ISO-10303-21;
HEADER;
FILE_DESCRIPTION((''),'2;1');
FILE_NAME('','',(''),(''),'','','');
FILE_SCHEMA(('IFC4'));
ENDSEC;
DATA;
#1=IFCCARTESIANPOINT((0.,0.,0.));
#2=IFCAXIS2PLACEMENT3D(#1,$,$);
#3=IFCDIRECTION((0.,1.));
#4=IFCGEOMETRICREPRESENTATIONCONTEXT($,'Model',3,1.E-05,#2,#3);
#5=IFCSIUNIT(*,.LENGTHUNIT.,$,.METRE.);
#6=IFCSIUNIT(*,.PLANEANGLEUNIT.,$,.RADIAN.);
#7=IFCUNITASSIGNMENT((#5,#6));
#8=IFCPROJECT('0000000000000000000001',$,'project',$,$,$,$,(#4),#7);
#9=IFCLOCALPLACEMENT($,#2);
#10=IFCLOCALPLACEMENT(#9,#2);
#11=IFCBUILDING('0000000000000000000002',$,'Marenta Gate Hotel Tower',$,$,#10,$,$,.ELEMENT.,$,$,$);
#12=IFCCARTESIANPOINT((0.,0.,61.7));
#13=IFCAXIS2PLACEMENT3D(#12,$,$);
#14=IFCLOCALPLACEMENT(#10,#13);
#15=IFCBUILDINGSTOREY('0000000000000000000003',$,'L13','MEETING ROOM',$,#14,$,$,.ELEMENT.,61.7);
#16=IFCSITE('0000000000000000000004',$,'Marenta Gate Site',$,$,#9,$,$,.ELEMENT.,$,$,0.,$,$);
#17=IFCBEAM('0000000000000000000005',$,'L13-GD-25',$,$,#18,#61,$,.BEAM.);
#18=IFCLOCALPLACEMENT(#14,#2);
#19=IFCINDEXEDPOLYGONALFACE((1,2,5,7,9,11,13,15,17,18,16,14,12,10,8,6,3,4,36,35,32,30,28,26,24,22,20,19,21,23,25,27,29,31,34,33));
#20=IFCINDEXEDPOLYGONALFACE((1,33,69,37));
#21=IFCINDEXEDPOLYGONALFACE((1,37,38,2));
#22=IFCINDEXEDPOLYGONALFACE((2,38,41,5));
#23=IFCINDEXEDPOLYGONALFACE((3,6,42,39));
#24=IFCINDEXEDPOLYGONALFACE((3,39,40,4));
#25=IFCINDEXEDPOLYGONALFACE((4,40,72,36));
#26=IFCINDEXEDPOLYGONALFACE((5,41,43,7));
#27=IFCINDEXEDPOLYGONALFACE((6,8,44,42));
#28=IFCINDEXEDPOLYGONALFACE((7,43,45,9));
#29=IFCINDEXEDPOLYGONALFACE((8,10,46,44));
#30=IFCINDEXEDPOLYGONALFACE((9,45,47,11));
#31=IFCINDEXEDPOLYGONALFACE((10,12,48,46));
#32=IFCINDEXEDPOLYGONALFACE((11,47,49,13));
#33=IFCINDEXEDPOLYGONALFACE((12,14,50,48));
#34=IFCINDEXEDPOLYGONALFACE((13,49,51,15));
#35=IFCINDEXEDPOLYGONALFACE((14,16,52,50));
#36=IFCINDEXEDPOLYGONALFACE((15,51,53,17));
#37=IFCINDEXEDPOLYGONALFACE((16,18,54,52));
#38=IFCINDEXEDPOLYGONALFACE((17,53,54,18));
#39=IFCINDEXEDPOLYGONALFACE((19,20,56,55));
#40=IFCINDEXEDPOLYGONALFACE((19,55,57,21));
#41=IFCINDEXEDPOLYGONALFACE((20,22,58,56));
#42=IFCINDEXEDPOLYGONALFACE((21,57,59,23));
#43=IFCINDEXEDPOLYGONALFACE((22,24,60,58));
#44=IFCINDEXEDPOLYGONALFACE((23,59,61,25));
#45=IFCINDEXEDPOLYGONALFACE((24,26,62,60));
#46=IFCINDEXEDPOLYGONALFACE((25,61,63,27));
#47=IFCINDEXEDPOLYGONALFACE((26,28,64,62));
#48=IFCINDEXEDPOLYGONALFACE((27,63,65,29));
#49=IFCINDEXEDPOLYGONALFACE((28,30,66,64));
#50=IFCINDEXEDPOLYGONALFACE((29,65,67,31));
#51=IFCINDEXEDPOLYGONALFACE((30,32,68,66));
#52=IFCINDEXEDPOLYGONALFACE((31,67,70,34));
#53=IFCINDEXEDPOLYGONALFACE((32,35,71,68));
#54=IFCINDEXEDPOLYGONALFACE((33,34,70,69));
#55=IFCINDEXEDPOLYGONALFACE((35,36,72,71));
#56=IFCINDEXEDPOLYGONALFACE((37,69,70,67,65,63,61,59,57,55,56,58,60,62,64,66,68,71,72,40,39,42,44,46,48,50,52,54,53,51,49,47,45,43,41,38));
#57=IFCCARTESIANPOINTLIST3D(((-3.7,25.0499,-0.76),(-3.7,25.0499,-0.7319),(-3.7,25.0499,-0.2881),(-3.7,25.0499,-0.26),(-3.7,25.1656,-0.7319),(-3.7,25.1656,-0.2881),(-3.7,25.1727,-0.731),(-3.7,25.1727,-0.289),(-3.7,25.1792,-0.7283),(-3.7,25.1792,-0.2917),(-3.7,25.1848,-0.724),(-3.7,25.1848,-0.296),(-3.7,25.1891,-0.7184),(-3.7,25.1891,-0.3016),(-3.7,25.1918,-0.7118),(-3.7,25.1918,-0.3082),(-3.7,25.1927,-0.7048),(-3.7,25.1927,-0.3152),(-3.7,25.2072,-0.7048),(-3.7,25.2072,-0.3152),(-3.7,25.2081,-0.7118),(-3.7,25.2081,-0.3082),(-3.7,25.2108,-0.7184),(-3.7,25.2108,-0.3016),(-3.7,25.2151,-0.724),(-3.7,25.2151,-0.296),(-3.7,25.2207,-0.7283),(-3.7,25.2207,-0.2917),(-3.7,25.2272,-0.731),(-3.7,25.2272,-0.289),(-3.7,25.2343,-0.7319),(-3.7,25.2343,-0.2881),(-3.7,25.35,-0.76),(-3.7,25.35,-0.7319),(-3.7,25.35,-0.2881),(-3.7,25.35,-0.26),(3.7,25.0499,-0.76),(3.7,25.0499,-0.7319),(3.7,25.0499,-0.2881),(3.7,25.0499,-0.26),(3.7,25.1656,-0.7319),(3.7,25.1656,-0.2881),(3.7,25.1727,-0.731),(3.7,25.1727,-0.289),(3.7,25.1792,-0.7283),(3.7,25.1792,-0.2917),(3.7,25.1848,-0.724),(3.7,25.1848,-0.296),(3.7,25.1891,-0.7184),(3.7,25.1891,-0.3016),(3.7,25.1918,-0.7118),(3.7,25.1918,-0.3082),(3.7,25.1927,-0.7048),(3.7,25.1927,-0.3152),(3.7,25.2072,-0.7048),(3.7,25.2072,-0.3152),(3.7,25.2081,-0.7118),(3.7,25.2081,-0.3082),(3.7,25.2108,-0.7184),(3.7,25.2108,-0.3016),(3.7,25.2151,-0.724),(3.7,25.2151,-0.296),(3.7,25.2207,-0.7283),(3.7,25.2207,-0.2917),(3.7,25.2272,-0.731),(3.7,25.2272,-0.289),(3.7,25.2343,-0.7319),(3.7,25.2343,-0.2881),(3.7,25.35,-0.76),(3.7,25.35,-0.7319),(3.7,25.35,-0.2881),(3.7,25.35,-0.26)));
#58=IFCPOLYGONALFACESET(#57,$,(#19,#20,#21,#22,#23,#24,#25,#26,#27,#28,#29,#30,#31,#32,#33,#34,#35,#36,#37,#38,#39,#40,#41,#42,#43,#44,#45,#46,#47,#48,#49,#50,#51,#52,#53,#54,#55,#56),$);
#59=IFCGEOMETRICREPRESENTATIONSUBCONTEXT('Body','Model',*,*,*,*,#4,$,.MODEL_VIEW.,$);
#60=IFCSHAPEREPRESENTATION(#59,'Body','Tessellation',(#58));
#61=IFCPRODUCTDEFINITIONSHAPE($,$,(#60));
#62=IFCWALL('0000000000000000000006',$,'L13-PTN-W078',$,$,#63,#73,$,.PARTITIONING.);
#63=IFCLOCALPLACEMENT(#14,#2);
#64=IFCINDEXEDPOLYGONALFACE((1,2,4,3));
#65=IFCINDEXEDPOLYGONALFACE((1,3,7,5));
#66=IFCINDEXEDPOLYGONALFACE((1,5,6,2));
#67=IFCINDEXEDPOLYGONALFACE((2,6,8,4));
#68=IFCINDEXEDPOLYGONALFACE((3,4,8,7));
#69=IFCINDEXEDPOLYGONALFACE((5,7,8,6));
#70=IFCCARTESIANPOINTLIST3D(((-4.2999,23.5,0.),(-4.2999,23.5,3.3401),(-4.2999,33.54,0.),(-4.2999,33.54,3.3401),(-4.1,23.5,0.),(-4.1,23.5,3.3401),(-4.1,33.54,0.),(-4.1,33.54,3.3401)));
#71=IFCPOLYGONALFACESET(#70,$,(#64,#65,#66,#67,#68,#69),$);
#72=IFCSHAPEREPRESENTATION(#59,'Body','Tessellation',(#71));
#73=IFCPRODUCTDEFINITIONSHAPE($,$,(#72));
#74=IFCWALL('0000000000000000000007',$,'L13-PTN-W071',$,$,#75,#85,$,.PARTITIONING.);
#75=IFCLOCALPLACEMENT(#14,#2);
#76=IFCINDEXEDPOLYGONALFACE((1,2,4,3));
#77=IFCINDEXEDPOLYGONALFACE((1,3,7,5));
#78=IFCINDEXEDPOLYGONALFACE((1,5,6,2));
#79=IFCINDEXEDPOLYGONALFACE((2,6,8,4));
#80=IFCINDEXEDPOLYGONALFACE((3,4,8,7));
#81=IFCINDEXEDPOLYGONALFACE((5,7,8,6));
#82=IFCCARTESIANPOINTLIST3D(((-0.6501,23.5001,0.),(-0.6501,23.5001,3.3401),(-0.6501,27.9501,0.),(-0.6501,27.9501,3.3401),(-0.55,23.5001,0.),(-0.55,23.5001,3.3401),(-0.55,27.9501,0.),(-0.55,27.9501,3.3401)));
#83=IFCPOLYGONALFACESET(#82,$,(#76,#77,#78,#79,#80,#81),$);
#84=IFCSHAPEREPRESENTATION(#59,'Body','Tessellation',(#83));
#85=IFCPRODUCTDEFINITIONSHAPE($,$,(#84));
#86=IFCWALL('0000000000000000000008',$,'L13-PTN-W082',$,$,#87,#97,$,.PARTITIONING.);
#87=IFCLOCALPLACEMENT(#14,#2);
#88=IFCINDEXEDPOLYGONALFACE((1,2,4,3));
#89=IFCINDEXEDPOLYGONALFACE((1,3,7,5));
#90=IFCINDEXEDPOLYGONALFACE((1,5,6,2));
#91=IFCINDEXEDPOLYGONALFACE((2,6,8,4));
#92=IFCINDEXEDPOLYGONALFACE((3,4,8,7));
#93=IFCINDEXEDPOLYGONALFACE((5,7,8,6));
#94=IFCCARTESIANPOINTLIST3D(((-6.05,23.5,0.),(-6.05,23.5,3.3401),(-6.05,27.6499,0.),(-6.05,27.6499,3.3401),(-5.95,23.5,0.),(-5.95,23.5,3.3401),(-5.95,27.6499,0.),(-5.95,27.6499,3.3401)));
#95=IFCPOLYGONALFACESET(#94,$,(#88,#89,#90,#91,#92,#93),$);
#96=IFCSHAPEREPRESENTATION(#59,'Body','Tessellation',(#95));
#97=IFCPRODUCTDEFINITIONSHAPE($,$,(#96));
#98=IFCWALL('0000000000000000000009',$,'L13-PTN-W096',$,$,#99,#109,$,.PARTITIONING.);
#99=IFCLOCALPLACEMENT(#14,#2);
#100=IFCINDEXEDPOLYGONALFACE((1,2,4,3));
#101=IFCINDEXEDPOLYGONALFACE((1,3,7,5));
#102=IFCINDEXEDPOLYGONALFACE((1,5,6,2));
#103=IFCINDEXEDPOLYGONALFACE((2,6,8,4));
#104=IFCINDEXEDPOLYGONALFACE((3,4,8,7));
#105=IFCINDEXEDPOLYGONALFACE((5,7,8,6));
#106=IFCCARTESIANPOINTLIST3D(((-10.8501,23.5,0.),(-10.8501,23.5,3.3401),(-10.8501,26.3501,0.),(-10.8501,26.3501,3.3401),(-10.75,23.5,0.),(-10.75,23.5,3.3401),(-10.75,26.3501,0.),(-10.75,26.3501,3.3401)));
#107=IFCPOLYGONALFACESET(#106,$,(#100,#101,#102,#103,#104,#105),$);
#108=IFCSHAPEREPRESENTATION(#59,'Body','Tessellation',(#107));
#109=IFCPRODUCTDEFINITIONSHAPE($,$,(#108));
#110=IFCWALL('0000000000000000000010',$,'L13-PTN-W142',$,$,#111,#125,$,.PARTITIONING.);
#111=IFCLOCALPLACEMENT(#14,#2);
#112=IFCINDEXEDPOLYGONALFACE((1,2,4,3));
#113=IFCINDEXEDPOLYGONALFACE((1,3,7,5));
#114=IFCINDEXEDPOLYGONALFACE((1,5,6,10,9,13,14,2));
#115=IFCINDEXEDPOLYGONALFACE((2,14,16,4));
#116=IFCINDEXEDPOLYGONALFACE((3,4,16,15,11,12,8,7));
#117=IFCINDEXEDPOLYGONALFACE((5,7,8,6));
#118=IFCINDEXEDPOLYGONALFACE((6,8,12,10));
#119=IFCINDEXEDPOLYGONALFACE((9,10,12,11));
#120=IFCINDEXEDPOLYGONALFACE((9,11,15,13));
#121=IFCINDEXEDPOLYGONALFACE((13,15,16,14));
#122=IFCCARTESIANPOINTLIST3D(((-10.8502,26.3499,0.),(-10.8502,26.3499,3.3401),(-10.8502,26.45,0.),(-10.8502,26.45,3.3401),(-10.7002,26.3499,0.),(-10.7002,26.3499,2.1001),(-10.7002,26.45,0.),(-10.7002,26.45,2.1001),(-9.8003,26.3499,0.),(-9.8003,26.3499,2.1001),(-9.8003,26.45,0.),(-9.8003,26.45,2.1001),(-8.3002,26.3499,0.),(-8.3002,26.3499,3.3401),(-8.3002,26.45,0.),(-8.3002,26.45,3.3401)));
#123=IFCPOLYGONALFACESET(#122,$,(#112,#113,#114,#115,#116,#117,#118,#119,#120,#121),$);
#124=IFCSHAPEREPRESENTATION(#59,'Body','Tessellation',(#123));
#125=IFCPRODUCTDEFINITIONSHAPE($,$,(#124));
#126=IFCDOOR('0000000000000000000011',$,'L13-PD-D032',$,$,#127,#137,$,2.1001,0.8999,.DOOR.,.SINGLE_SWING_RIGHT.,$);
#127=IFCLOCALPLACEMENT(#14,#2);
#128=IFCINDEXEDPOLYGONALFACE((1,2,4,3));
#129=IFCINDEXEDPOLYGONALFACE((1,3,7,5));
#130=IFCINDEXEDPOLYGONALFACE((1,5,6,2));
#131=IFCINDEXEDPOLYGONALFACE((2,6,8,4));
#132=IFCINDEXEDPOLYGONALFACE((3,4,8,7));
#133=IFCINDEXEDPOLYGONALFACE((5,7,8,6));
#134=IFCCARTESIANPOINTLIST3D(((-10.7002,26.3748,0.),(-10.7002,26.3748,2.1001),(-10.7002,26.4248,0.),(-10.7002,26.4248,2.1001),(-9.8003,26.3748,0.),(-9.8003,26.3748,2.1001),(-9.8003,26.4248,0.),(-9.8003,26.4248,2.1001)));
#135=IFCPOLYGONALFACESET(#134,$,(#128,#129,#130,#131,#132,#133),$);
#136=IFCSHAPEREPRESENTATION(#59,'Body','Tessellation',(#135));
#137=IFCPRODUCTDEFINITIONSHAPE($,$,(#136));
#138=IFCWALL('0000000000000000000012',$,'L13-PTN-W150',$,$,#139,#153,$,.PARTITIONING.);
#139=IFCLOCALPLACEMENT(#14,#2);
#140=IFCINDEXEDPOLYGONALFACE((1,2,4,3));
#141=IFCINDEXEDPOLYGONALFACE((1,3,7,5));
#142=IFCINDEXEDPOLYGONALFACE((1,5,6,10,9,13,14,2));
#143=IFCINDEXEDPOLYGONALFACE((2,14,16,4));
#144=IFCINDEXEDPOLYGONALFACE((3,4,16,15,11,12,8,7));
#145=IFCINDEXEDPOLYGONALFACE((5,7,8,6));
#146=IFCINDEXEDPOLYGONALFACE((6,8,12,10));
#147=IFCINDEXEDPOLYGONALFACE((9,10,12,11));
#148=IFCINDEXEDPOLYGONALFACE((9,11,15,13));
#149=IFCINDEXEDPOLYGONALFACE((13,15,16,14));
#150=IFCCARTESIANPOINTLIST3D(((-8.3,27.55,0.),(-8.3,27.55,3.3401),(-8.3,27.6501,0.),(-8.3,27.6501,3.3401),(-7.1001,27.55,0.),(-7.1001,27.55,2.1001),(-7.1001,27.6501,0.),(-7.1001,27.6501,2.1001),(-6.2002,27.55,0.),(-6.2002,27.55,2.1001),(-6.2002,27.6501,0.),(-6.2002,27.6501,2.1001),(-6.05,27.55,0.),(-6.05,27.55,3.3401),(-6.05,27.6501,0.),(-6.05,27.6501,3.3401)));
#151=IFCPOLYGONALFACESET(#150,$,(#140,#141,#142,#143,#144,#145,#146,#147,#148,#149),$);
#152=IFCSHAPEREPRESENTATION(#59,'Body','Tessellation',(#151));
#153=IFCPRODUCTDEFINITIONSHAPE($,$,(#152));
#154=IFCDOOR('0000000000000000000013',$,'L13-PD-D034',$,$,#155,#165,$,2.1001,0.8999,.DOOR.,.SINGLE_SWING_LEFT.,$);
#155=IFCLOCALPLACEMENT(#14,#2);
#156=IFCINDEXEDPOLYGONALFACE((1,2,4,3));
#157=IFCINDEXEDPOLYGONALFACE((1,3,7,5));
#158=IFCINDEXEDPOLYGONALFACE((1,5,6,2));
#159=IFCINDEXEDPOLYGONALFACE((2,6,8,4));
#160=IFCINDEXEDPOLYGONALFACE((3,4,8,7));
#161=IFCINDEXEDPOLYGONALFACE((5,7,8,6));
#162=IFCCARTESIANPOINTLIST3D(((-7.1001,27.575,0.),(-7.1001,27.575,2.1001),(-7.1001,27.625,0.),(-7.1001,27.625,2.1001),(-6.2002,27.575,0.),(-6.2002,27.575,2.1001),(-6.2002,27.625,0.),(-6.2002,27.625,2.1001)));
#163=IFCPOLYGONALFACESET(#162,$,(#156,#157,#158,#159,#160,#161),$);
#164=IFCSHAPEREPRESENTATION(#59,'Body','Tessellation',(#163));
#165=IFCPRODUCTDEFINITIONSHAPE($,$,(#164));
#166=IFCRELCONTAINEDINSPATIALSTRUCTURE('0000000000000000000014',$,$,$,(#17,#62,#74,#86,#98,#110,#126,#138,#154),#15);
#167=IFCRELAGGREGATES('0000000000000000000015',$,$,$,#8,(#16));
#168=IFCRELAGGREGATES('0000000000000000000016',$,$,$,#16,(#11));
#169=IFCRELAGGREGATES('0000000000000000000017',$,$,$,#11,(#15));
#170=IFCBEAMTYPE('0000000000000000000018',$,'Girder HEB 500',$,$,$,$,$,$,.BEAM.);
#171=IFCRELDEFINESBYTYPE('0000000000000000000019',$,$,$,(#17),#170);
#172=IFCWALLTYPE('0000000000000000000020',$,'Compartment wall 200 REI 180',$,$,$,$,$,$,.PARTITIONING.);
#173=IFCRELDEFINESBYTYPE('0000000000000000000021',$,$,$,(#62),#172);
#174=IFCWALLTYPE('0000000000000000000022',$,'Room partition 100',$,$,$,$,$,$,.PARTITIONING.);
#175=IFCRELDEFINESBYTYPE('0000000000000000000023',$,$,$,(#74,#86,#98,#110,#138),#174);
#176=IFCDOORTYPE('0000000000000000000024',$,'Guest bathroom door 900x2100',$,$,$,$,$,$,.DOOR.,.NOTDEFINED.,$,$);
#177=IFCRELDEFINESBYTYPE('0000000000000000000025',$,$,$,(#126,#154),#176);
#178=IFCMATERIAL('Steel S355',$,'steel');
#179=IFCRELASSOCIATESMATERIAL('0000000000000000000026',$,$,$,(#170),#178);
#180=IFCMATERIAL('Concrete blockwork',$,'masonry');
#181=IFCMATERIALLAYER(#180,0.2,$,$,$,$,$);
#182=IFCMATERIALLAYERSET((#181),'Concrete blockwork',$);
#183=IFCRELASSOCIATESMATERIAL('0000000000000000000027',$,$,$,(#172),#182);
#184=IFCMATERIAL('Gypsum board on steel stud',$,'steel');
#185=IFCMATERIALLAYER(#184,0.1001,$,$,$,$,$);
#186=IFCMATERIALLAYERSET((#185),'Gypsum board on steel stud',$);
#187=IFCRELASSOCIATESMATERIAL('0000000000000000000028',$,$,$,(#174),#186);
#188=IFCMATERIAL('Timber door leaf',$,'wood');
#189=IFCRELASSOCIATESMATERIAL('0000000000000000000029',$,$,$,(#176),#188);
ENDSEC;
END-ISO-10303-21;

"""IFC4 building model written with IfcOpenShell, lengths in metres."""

from ifc_helpers import new_model, si_unit, direction, frame, frame_2d, origin, origin_2d, place, context, subcontext, project, spatial, rectangle, i_section, extrude, material, layer, layer_set, material_profile, profile_set, type_object, element, fill, save


model = new_model("IFC4")

# Units and contexts
model_context = context("Model", 3, precision=1e-05, world=origin(), true_north=direction((0.0, 1.0)))
body_context = subcontext(model_context, "Body", "Model", "MODEL_VIEW")
ifc_project = project(units=[si_unit("LENGTHUNIT", "METRE"), si_unit("PLANEANGLEUNIT", "RADIAN")], contexts=[model_context])

# Site, building, storey
site_placement = place(None, origin())
site = spatial("IfcSite", under=ifc_project, at=site_placement, Name="Marenta Gate Site", CompositionType="ELEMENT", RefElevation=0.0)
building_placement = place(site_placement, origin())
building = spatial("IfcBuilding", under=site, at=building_placement, Name="Marenta Gate Hotel Tower", CompositionType="ELEMENT")
storey_placement = place(building_placement, frame((0.0, 0.0, 61.7)))
storey = spatial("IfcBuildingStorey", under=building, at=storey_placement, Name="L13", Description="MEETING ROOM", CompositionType="ELEMENT", Elevation=61.7)

# Beam
ifc_material_1 = material(Name="Steel S355", Category="steel")
ifc_material_profile_1 = material_profile(ifc_material_1, i_section(OverallWidth=0.3, OverallDepth=0.5, WebThickness=0.0144, FlangeThickness=0.0281, FilletRadius=0.0271, at=origin_2d()), Name="HEB 500")
ifc_profile_set_1 = profile_set([ifc_material_profile_1], Name="Steel S355")
beam_type_1 = type_object("IfcBeamType", Name="Girder HEB 500", PredefinedType="BEAM", material=ifc_profile_set_1)
beam_1_placement = place(storey_placement, frame((-3.7, 25.2, -0.51), z_axis=(1.0, 0.0, 0.0), x_axis=(0.0, 1.0, 0.0)))
element("IfcBeam", 1, at=beam_1_placement, inside=storey, type_object=beam_type_1, Name="L13-GD-25", PredefinedType="BEAM", context=body_context, shape_type="SweptSolid", body=[
    extrude(i_section(OverallWidth=0.3, OverallDepth=0.5, WebThickness=0.0144, FlangeThickness=0.0281, FilletRadius=0.0271, at=origin_2d()), origin(), (0.0, 0.0, 1.0), 7.3999),
])

# Walls
ifc_material_2 = material(Name="Concrete blockwork", Category="masonry")
ifc_layer_1 = layer(ifc_material_2, 0.2)
ifc_layer_set_1 = layer_set([ifc_layer_1], Name="Concrete blockwork")
wall_type_1 = type_object("IfcWallType", Name="Compartment wall 200 REI 180", PredefinedType="PARTITIONING", material=ifc_layer_set_1)
wall_1_placement = place(storey_placement, frame((-4.2, 23.5, 0.0), z_axis=(0.0, 0.0, 1.0), x_axis=(0.0, 1.0, 0.0)))
element("IfcWall", 2, at=wall_1_placement, inside=storey, type_object=wall_type_1, Name="L13-PTN-W078", PredefinedType="PARTITIONING", context=body_context, shape_type="SweptSolid", body=[
    extrude(rectangle(XDim=10.04, YDim=0.2, at=frame_2d((5.02, 0.0))), origin(), (0.0, 0.0, 1.0), 3.3401),
])
ifc_material_3 = material(Name="Gypsum board on steel stud", Category="steel")
ifc_layer_2 = layer(ifc_material_3, 0.1001)
ifc_layer_set_2 = layer_set([ifc_layer_2], Name="Gypsum board on steel stud")
wall_type_2 = type_object("IfcWallType", Name="Room partition 100", PredefinedType="PARTITIONING", material=ifc_layer_set_2)
wall_2_placement = place(storey_placement, frame((-0.6001, 23.5, 0.0), z_axis=(0.0, 0.0, 1.0), x_axis=(0.0, 1.0, 0.0)))
element("IfcWall", 3, at=wall_2_placement, inside=storey, type_object=wall_type_2, Name="L13-PTN-W071", PredefinedType="PARTITIONING", context=body_context, shape_type="SweptSolid", body=[
    extrude(rectangle(XDim=4.45, YDim=0.1001, at=frame_2d((2.2251, 0.0))), origin(), (0.0, 0.0, 1.0), 3.3401),
])
wall_3_placement = place(storey_placement, frame((-6.0, 23.5, 0.0), z_axis=(0.0, 0.0, 1.0), x_axis=(0.0, 1.0, 0.0)))
element("IfcWall", 4, at=wall_3_placement, inside=storey, type_object=wall_type_2, Name="L13-PTN-W082", PredefinedType="PARTITIONING", context=body_context, shape_type="SweptSolid", body=[
    extrude(rectangle(XDim=4.1499, YDim=0.1001, at=frame_2d((2.075, 0.0))), origin(), (0.0, 0.0, 1.0), 3.3401),
])
wall_4_placement = place(storey_placement, frame((-10.8, 23.5, 0.0), z_axis=(0.0, 0.0, 1.0), x_axis=(0.0, 1.0, 0.0)))
element("IfcWall", 5, at=wall_4_placement, inside=storey, type_object=wall_type_2, Name="L13-PTN-W096", PredefinedType="PARTITIONING", context=body_context, shape_type="SweptSolid", body=[
    extrude(rectangle(XDim=2.8501, YDim=0.1001, at=frame_2d((1.425, 0.0))), origin(), (0.0, 0.0, 1.0), 3.3401),
])

# Walls, openings, doors
wall_5_placement = place(storey_placement, frame((-10.8501, 26.3999, 0.0), z_axis=(0.0, 0.0, 1.0), x_axis=(1.0, 0.0, 0.0)))
wall_5 = element("IfcWall", 6, at=wall_5_placement, inside=storey, type_object=wall_type_2, Name="L13-PTN-W142", PredefinedType="PARTITIONING", context=body_context, shape_type="SweptSolid", body=[
    extrude(rectangle(XDim=2.55, YDim=0.1001, at=frame_2d((1.2749, 0.0))), origin(), (0.0, 0.0, 1.0), 3.3401),
])
opening_1_placement = place(wall_5_placement, frame((0.1499, 0.0, 0.0)))
opening_1 = element("IfcOpeningElement", 7, at=opening_1_placement, cuts=wall_5, PredefinedType="OPENING", context=body_context, shape_type="SweptSolid", body=[
    extrude(rectangle(XDim=0.8999, YDim=2.1001, at=frame_2d((0.45, 1.05))), frame((0.0, 0.05, 0.0), z_axis=(0.0, -1.0, 0.0), x_axis=(1.0, 0.0, 0.0)), (0.0, 0.0, 1.0), 0.1001),
])
ifc_material_4 = material(Name="Timber door leaf", Category="wood")
door_type = type_object("IfcDoorType", Name="Guest bathroom door 900x2100", OperationType="NOTDEFINED", PredefinedType="DOOR", material=ifc_material_4)
door_1_placement = place(opening_1_placement, origin())
door_1 = element("IfcDoor", 8, at=door_1_placement, inside=storey, type_object=door_type, Name="L13-PD-D032", OperationType="SINGLE_SWING_RIGHT", OverallHeight=2.1001, OverallWidth=0.8999, PredefinedType="DOOR", context=body_context, shape_type="SweptSolid", body=[
    extrude(rectangle(XDim=0.8999, YDim=2.1001, at=frame_2d((0.45, 1.05))), frame((0.0, 0.0249, 0.0), z_axis=(0.0, -1.0, 0.0), x_axis=(1.0, 0.0, 0.0)), (0.0, 0.0, 1.0), 0.05),
])
fill(opening_1, door_1)
wall_6_placement = place(storey_placement, frame((-8.3, 27.6001, 0.0), z_axis=(0.0, 0.0, 1.0), x_axis=(1.0, 0.0, 0.0)))
wall_6 = element("IfcWall", 9, at=wall_6_placement, inside=storey, type_object=wall_type_2, Name="L13-PTN-W150", PredefinedType="PARTITIONING", context=body_context, shape_type="SweptSolid", body=[
    extrude(rectangle(XDim=2.25, YDim=0.1001, at=frame_2d((1.125, 0.0))), origin(), (0.0, 0.0, 1.0), 3.3401),
])
opening_2_placement = place(wall_6_placement, frame((1.2, 0.0, 0.0)))
opening_2 = element("IfcOpeningElement", 10, at=opening_2_placement, cuts=wall_6, PredefinedType="OPENING", context=body_context, shape_type="SweptSolid", body=[
    extrude(rectangle(XDim=0.8999, YDim=2.1001, at=frame_2d((0.45, 1.05))), frame((0.0, 0.05, 0.0), z_axis=(0.0, -1.0, 0.0), x_axis=(1.0, 0.0, 0.0)), (0.0, 0.0, 1.0), 0.1001),
])
door_2_placement = place(opening_2_placement, origin())
door_2 = element("IfcDoor", 11, at=door_2_placement, inside=storey, type_object=door_type, Name="L13-PD-D034", OperationType="SINGLE_SWING_LEFT", OverallHeight=2.1001, OverallWidth=0.8999, PredefinedType="DOOR", context=body_context, shape_type="SweptSolid", body=[
    extrude(rectangle(XDim=0.8999, YDim=2.1001, at=frame_2d((0.45, 1.05))), frame((0.0, 0.0249, 0.0), z_axis=(0.0, -1.0, 0.0), x_axis=(1.0, 0.0, 0.0)), (0.0, 0.0, 1.0), 0.05),
])
fill(opening_2, door_2)

save(model, "model.ifc")
